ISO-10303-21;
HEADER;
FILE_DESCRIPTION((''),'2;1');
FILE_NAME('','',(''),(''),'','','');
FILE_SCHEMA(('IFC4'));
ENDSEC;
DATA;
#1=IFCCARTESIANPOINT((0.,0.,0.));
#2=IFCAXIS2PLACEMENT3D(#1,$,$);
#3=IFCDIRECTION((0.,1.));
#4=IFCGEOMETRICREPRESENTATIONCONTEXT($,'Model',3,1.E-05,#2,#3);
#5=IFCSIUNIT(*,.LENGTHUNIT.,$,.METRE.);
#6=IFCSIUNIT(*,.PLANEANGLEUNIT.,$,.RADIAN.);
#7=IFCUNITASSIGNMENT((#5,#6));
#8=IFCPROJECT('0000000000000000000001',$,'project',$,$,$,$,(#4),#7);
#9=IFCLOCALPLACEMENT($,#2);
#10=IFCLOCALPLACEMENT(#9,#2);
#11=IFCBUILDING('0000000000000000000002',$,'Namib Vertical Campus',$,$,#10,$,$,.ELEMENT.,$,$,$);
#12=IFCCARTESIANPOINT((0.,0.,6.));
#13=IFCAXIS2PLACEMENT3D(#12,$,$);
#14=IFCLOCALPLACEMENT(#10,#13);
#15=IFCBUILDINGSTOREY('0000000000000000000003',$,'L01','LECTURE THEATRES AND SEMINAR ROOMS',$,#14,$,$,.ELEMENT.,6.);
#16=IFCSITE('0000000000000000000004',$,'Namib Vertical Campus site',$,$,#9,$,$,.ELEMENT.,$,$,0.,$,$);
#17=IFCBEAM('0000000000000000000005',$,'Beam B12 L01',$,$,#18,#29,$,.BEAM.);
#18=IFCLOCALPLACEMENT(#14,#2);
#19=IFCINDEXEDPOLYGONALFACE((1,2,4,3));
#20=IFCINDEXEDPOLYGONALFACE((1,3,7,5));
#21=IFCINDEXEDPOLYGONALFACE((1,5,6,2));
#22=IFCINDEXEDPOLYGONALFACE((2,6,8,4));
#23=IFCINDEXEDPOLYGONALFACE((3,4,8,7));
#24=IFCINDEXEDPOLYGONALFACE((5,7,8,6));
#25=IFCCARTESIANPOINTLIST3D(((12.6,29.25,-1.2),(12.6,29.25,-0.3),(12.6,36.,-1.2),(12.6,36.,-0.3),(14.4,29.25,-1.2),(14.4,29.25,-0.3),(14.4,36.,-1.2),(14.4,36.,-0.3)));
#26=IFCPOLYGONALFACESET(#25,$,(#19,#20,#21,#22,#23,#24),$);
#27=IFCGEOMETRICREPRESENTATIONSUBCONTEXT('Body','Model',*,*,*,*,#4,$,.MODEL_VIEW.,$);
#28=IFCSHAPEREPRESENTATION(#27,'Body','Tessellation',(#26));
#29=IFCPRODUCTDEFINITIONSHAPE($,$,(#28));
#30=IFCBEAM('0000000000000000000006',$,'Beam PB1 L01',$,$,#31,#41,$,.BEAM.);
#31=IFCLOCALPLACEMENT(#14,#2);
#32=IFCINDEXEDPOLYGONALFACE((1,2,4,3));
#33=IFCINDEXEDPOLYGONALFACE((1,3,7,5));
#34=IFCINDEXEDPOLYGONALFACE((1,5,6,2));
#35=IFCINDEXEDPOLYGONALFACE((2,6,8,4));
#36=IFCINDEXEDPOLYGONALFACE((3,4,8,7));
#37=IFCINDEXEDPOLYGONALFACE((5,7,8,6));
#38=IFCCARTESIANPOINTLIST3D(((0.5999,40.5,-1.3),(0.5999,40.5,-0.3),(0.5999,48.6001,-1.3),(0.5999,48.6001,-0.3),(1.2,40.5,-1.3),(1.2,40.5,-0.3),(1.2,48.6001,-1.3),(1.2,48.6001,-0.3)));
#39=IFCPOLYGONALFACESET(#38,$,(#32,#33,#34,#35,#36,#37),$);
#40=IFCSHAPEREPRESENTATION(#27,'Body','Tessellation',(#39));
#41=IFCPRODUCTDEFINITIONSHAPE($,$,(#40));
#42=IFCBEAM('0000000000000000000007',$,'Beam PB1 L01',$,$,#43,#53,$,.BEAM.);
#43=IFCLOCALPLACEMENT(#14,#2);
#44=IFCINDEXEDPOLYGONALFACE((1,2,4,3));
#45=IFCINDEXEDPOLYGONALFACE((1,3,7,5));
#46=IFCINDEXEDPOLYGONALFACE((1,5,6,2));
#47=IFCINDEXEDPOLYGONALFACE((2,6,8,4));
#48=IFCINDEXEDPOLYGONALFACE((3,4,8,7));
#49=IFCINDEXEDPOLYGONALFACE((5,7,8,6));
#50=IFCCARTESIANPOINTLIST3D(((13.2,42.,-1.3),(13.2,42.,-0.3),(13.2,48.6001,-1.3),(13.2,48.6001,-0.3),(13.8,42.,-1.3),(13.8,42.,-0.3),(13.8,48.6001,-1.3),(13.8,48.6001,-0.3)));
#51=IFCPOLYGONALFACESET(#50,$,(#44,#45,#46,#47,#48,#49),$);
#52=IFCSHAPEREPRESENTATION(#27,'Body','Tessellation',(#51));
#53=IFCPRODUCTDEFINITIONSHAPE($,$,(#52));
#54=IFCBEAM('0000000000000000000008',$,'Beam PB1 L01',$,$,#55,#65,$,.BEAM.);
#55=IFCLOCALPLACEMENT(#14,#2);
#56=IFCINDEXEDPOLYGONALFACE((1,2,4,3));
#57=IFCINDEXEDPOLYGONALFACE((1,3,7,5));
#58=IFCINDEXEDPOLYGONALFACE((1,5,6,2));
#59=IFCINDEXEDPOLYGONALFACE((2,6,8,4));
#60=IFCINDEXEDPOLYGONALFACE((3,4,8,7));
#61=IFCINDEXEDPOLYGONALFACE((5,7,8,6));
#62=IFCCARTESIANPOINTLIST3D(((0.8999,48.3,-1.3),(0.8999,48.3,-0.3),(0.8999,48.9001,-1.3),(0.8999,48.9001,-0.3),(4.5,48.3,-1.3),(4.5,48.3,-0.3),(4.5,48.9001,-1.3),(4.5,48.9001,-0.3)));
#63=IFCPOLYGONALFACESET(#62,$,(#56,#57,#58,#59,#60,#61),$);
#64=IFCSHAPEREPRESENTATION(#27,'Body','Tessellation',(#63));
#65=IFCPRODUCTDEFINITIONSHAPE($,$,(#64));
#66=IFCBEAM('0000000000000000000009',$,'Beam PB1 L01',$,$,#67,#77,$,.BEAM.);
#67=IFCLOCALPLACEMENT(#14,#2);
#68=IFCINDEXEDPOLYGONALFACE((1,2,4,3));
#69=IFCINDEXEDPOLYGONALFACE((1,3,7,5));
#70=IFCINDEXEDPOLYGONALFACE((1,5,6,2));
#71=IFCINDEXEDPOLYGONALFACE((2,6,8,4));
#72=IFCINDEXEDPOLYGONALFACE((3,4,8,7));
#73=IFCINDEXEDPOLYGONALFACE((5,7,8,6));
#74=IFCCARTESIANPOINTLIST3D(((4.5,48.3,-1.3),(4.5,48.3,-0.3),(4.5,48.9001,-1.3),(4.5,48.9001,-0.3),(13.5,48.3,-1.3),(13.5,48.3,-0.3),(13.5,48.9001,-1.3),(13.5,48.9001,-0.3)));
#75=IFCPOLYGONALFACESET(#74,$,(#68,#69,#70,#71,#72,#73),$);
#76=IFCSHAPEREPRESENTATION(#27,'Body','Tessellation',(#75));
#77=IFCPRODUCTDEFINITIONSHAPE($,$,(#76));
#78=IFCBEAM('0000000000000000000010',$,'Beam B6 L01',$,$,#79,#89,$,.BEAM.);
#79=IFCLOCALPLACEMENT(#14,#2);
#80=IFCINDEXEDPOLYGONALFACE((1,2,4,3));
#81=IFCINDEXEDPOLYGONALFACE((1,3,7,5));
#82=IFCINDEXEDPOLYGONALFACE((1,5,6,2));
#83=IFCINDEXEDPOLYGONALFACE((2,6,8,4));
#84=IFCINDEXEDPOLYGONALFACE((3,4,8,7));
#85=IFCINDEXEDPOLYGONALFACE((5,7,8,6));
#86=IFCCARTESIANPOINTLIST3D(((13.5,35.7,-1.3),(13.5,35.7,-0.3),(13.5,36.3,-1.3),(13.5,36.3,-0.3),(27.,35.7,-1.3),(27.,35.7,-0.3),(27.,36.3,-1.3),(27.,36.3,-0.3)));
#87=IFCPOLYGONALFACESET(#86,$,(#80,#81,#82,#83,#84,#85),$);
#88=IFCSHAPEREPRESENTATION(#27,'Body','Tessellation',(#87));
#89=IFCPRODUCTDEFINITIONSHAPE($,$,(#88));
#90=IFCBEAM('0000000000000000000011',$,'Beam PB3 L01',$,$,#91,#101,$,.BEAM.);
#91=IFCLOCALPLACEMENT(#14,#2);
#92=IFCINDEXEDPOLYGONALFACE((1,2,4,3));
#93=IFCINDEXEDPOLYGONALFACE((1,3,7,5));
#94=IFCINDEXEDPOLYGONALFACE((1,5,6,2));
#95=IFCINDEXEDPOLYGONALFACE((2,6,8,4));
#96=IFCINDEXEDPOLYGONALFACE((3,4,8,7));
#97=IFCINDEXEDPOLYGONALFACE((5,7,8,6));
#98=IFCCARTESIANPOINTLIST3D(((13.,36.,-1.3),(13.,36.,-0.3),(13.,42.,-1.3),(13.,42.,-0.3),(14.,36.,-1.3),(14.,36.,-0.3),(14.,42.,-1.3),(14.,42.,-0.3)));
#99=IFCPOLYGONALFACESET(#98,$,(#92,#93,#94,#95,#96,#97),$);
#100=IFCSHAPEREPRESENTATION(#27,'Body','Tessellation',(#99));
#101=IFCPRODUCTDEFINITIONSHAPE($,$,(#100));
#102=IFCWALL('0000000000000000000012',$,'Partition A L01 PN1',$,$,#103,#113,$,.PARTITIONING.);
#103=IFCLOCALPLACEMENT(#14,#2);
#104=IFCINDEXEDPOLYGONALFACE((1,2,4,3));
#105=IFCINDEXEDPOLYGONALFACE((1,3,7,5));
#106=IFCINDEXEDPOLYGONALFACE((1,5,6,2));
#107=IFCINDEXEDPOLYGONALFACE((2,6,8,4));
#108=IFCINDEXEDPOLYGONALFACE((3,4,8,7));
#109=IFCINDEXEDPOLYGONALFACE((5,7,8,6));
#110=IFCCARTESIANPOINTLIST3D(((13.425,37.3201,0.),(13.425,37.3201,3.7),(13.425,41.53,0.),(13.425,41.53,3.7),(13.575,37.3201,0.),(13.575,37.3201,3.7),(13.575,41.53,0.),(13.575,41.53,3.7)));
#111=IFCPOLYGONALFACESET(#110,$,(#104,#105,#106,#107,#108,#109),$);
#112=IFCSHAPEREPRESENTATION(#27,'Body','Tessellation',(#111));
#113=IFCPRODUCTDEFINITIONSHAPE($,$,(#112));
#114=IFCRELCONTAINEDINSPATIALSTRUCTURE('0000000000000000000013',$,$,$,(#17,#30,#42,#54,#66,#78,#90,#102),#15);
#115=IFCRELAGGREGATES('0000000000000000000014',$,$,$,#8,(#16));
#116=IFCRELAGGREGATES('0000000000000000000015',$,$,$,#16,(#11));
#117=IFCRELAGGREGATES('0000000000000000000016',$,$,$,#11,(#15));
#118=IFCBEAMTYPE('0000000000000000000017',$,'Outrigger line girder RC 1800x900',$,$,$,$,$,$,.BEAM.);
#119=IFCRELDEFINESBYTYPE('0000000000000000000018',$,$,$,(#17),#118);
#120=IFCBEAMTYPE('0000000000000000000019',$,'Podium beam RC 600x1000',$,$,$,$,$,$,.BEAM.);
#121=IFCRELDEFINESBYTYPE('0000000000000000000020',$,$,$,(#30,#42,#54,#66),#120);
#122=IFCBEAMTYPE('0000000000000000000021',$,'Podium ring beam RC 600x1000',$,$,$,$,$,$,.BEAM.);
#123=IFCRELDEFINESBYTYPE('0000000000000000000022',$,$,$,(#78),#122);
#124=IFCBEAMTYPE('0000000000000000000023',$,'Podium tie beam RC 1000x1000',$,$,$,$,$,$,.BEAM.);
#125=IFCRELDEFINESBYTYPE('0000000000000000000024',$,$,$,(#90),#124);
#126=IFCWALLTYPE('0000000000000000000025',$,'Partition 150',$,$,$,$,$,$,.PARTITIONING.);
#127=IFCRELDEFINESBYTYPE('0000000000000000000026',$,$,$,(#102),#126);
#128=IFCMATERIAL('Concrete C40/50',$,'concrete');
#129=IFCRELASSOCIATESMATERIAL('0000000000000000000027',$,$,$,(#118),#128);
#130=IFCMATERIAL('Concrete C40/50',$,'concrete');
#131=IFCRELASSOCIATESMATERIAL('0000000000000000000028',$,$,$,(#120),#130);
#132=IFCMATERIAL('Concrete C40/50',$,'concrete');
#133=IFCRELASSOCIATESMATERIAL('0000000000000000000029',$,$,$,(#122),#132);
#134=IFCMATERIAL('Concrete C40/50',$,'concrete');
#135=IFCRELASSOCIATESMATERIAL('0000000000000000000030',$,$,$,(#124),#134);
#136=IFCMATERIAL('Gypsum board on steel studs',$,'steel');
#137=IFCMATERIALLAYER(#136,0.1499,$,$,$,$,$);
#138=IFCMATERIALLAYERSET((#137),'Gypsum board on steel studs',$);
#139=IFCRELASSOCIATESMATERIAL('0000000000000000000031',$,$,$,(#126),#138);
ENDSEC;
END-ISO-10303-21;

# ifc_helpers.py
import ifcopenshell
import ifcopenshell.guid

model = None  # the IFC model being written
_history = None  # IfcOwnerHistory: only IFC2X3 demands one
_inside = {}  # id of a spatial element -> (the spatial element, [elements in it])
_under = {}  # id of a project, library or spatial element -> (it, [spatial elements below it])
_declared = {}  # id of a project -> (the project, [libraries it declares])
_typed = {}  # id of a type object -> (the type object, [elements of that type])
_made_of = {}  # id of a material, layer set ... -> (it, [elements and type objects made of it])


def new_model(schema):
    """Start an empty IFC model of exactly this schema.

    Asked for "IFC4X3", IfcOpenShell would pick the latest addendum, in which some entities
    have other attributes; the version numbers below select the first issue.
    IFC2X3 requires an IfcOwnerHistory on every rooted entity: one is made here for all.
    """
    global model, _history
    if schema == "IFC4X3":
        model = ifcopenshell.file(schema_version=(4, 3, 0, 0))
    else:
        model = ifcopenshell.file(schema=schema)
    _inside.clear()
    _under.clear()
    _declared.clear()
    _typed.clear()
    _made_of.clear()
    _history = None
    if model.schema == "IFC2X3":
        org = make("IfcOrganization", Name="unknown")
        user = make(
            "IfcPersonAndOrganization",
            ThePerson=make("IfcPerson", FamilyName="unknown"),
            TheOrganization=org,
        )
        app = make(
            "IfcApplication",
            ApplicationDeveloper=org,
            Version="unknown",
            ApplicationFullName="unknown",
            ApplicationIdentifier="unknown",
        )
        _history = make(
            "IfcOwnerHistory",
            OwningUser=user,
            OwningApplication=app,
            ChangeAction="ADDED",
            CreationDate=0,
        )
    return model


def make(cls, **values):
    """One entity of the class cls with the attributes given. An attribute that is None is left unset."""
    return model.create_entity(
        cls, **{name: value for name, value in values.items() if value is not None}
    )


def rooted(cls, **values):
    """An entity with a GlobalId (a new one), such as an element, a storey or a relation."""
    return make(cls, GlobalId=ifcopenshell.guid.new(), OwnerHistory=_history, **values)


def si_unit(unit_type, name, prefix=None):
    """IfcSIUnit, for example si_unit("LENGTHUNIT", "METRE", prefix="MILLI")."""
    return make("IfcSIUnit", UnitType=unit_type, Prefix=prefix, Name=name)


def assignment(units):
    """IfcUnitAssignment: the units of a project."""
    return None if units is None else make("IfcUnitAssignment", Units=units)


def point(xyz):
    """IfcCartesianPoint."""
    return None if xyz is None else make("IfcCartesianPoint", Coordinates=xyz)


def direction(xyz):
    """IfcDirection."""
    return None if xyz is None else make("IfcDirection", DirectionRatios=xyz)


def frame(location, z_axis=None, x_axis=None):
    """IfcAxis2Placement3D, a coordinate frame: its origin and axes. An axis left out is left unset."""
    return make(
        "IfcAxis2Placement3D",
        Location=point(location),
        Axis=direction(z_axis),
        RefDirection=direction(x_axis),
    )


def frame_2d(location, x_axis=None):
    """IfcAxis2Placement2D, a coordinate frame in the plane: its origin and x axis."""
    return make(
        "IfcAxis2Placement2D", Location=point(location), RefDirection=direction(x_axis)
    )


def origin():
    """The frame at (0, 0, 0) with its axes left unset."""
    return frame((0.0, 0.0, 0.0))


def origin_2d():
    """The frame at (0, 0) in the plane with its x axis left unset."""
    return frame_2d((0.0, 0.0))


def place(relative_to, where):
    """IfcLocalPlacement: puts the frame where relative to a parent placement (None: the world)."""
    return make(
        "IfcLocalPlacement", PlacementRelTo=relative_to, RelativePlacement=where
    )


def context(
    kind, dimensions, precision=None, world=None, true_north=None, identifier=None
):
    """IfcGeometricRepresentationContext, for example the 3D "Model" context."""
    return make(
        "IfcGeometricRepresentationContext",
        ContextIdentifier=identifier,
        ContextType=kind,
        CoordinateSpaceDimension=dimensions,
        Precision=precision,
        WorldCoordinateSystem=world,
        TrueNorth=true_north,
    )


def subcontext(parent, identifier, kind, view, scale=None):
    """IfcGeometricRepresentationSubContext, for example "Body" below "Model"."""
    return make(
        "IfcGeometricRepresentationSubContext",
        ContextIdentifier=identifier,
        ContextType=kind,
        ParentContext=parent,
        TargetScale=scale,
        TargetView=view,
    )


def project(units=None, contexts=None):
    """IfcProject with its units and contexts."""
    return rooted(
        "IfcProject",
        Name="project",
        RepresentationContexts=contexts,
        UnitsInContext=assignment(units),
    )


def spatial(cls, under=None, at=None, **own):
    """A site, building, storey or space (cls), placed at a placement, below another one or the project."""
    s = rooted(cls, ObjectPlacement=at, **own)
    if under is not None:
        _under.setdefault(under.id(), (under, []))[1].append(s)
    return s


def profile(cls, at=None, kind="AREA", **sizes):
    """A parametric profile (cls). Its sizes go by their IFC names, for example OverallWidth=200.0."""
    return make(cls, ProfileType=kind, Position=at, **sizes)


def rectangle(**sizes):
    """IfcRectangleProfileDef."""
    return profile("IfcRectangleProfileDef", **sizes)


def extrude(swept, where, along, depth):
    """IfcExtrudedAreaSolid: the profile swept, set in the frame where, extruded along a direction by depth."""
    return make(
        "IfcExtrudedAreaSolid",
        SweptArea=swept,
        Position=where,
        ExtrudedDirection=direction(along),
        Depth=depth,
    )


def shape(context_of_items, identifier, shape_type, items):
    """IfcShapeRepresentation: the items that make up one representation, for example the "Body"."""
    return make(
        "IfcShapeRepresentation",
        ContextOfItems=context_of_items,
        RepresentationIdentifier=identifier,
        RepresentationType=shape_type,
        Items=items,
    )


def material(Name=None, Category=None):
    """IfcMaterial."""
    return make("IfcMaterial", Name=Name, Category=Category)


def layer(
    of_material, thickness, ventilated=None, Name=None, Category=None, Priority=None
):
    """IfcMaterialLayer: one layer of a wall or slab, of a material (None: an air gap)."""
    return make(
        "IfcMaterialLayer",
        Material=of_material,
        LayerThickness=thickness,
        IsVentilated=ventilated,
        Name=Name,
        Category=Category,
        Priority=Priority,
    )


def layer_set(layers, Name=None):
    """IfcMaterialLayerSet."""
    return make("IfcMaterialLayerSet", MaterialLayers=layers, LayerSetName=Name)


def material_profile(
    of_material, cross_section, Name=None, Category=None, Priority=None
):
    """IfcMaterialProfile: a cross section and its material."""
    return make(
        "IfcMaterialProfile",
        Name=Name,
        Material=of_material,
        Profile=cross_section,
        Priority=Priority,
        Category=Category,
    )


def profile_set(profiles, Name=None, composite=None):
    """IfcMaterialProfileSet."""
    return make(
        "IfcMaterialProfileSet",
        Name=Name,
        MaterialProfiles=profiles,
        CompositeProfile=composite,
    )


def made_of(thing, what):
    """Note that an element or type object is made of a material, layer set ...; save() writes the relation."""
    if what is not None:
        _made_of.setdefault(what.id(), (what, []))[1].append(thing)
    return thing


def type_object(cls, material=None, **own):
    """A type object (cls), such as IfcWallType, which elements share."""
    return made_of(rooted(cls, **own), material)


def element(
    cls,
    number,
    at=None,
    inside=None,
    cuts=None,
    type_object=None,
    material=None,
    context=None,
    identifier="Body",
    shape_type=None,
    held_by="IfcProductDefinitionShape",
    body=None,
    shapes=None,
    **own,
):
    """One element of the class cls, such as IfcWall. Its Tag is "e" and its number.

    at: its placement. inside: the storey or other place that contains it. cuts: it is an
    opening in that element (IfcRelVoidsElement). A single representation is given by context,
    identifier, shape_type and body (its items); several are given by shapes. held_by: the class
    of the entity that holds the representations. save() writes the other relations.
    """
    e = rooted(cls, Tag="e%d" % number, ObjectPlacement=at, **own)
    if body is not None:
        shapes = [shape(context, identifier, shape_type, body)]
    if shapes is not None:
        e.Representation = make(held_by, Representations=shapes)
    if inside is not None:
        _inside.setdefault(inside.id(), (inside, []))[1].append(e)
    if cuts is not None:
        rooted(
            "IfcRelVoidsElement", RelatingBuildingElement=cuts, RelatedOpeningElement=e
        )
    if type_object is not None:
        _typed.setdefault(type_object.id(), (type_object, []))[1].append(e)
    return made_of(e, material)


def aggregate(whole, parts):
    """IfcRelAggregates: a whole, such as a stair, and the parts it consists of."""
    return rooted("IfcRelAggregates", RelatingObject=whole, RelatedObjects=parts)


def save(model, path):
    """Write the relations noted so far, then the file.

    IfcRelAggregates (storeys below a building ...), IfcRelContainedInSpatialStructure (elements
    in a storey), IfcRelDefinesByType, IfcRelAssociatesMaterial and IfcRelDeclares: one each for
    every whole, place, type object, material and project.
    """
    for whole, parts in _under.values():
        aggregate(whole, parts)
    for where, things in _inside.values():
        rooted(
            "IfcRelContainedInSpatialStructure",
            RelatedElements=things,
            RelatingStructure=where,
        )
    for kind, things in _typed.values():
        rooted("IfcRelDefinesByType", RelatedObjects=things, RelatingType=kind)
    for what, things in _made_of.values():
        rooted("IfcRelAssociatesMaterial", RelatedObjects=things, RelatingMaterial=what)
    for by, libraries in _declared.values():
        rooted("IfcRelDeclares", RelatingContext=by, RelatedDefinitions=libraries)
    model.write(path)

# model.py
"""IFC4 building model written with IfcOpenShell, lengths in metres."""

from ifc_helpers import new_model, si_unit, direction, frame, frame_2d, origin, origin_2d, place, context, subcontext, project, spatial, rectangle, extrude, material, layer, layer_set, material_profile, profile_set, type_object, element, save


model = new_model("IFC4")

# Units and contexts
model_context = context("Model", 3, precision=1e-05, world=origin(), true_north=direction((0.0, 1.0)))
body_context = subcontext(model_context, "Body", "Model", "MODEL_VIEW")
ifc_project = project(units=[si_unit("LENGTHUNIT", "METRE"), si_unit("PLANEANGLEUNIT", "RADIAN")], contexts=[model_context])

# Site, building, storey
site_placement = place(None, origin())
site = spatial("IfcSite", under=ifc_project, at=site_placement, Name="Namib Vertical Campus site", CompositionType="ELEMENT", RefElevation=0.0)
building_placement = place(site_placement, origin())
building = spatial("IfcBuilding", under=site, at=building_placement, Name="Namib Vertical Campus", CompositionType="ELEMENT")
storey_placement = place(building_placement, frame((0.0, 0.0, 6.0)))
storey = spatial("IfcBuildingStorey", under=building, at=storey_placement, Name="L01", Description="LECTURE THEATRES AND SEMINAR ROOMS", CompositionType="ELEMENT", Elevation=6.0)

# Beams
ifc_material_1 = material(Name="Concrete C40/50", Category="concrete")
ifc_material_profile_1 = material_profile(ifc_material_1, rectangle(XDim=1.8, YDim=0.8999, at=origin_2d()))
ifc_profile_set_1 = profile_set([ifc_material_profile_1], Name="Concrete C40/50")
beam_type_1 = type_object("IfcBeamType", Name="Outrigger line girder RC 1800x900", PredefinedType="BEAM", material=ifc_profile_set_1)
beam_1_placement = place(storey_placement, frame((13.5, 36.0, -0.75), z_axis=(0.0, -1.0, 0.0), x_axis=(1.0, 0.0, 0.0)))
element("IfcBeam", 1, at=beam_1_placement, inside=storey, type_object=beam_type_1, Name="Beam B12 L01", PredefinedType="BEAM", context=body_context, shape_type="SweptSolid", body=[
    extrude(rectangle(XDim=1.8, YDim=0.8999, at=origin_2d()), origin(), (0.0, 0.0, 1.0), 6.75),
])
ifc_material_2 = material(Name="Concrete C40/50", Category="concrete")
ifc_material_profile_2 = material_profile(ifc_material_2, rectangle(XDim=0.6001, YDim=1.0, at=origin_2d()))
ifc_profile_set_2 = profile_set([ifc_material_profile_2], Name="Concrete C40/50")
beam_type_2 = type_object("IfcBeamType", Name="Podium beam RC 600x1000", PredefinedType="BEAM", material=ifc_profile_set_2)
beam_2_placement = place(storey_placement, frame((0.8999, 40.5, -0.8), z_axis=(0.0, 1.0, 0.0), x_axis=(-1.0, 0.0, 0.0)))
element("IfcBeam", 2, at=beam_2_placement, inside=storey, type_object=beam_type_2, Name="Beam PB1 L01", PredefinedType="BEAM", context=body_context, shape_type="SweptSolid", body=[
    extrude(rectangle(XDim=0.6001, YDim=1.0, at=origin_2d()), origin(), (0.0, 0.0, 1.0), 8.1001),
])
beam_3_placement = place(storey_placement, frame((13.5, 42.0, -0.8), z_axis=(0.0, 1.0, 0.0), x_axis=(-1.0, 0.0, 0.0)))
element("IfcBeam", 3, at=beam_3_placement, inside=storey, type_object=beam_type_2, Name="Beam PB1 L01", PredefinedType="BEAM", context=body_context, shape_type="SweptSolid", body=[
    extrude(rectangle(XDim=0.6001, YDim=1.0, at=origin_2d()), origin(), (0.0, 0.0, 1.0), 6.6001),
])
beam_4_placement = place(storey_placement, frame((0.8999, 48.6001, -0.8), z_axis=(1.0, 0.0, 0.0), x_axis=(0.0, 1.0, 0.0)))
element("IfcBeam", 4, at=beam_4_placement, inside=storey, type_object=beam_type_2, Name="Beam PB1 L01", PredefinedType="BEAM", context=body_context, shape_type="SweptSolid", body=[
    extrude(rectangle(XDim=0.6001, YDim=1.0, at=origin_2d()), origin(), (0.0, 0.0, 1.0), 3.6001),
])
beam_5_placement = place(storey_placement, frame((4.5, 48.6001, -0.8), z_axis=(1.0, 0.0, 0.0), x_axis=(0.0, 1.0, 0.0)))
element("IfcBeam", 5, at=beam_5_placement, inside=storey, type_object=beam_type_2, Name="Beam PB1 L01", PredefinedType="BEAM", context=body_context, shape_type="SweptSolid", body=[
    extrude(rectangle(XDim=0.6001, YDim=1.0, at=origin_2d()), origin(), (0.0, 0.0, 1.0), 9.0),
])
ifc_material_3 = material(Name="Concrete C40/50", Category="concrete")
ifc_material_profile_3 = material_profile(ifc_material_3, rectangle(XDim=0.6001, YDim=1.0, at=origin_2d()))
ifc_profile_set_3 = profile_set([ifc_material_profile_3], Name="Concrete C40/50")
beam_type_3 = type_object("IfcBeamType", Name="Podium ring beam RC 600x1000", PredefinedType="BEAM", material=ifc_profile_set_3)
beam_6_placement = place(storey_placement, frame((13.5, 36.0, -0.8), z_axis=(1.0, 0.0, 0.0), x_axis=(0.0, 1.0, 0.0)))
element("IfcBeam", 6, at=beam_6_placement, inside=storey, type_object=beam_type_3, Name="Beam B6 L01", PredefinedType="BEAM", context=body_context, shape_type="SweptSolid", body=[
    extrude(rectangle(XDim=0.6001, YDim=1.0, at=origin_2d()), origin(), (0.0, 0.0, 1.0), 13.5),
])
ifc_material_4 = material(Name="Concrete C40/50", Category="concrete")
ifc_material_profile_4 = material_profile(ifc_material_4, rectangle(XDim=1.0, YDim=1.0, at=origin_2d()))
ifc_profile_set_4 = profile_set([ifc_material_profile_4], Name="Concrete C40/50")
beam_type_4 = type_object("IfcBeamType", Name="Podium tie beam RC 1000x1000", PredefinedType="BEAM", material=ifc_profile_set_4)
beam_7_placement = place(storey_placement, frame((13.5, 36.0, -0.8), z_axis=(0.0, 1.0, 0.0), x_axis=(-1.0, 0.0, 0.0)))
element("IfcBeam", 7, at=beam_7_placement, inside=storey, type_object=beam_type_4, Name="Beam PB3 L01", PredefinedType="BEAM", context=body_context, shape_type="SweptSolid", body=[
    extrude(rectangle(XDim=1.0, YDim=1.0, at=origin_2d()), origin(), (0.0, 0.0, 1.0), 6.0),
])

# Wall
ifc_material_5 = material(Name="Gypsum board on steel studs", Category="steel")
ifc_layer_1 = layer(ifc_material_5, 0.1499)
ifc_layer_set_1 = layer_set([ifc_layer_1], Name="Gypsum board on steel studs")
wall_type_1 = type_object("IfcWallType", Name="Partition 150", PredefinedType="PARTITIONING", material=ifc_layer_set_1)
wall_1_placement = place(storey_placement, frame((13.5, 37.3201, 0.0), z_axis=(0.0, 0.0, 1.0), x_axis=(0.0, 1.0, 0.0)))
element("IfcWall", 8, at=wall_1_placement, inside=storey, type_object=wall_type_1, Name="Partition A L01 PN1", PredefinedType="PARTITIONING", context=body_context, shape_type="SweptSolid", body=[
    extrude(rectangle(XDim=4.21, YDim=0.1499, at=frame_2d((2.105, 0.0))), origin(), (0.0, 0.0, 1.0), 3.7),
])

save(model, "model.ifc")
